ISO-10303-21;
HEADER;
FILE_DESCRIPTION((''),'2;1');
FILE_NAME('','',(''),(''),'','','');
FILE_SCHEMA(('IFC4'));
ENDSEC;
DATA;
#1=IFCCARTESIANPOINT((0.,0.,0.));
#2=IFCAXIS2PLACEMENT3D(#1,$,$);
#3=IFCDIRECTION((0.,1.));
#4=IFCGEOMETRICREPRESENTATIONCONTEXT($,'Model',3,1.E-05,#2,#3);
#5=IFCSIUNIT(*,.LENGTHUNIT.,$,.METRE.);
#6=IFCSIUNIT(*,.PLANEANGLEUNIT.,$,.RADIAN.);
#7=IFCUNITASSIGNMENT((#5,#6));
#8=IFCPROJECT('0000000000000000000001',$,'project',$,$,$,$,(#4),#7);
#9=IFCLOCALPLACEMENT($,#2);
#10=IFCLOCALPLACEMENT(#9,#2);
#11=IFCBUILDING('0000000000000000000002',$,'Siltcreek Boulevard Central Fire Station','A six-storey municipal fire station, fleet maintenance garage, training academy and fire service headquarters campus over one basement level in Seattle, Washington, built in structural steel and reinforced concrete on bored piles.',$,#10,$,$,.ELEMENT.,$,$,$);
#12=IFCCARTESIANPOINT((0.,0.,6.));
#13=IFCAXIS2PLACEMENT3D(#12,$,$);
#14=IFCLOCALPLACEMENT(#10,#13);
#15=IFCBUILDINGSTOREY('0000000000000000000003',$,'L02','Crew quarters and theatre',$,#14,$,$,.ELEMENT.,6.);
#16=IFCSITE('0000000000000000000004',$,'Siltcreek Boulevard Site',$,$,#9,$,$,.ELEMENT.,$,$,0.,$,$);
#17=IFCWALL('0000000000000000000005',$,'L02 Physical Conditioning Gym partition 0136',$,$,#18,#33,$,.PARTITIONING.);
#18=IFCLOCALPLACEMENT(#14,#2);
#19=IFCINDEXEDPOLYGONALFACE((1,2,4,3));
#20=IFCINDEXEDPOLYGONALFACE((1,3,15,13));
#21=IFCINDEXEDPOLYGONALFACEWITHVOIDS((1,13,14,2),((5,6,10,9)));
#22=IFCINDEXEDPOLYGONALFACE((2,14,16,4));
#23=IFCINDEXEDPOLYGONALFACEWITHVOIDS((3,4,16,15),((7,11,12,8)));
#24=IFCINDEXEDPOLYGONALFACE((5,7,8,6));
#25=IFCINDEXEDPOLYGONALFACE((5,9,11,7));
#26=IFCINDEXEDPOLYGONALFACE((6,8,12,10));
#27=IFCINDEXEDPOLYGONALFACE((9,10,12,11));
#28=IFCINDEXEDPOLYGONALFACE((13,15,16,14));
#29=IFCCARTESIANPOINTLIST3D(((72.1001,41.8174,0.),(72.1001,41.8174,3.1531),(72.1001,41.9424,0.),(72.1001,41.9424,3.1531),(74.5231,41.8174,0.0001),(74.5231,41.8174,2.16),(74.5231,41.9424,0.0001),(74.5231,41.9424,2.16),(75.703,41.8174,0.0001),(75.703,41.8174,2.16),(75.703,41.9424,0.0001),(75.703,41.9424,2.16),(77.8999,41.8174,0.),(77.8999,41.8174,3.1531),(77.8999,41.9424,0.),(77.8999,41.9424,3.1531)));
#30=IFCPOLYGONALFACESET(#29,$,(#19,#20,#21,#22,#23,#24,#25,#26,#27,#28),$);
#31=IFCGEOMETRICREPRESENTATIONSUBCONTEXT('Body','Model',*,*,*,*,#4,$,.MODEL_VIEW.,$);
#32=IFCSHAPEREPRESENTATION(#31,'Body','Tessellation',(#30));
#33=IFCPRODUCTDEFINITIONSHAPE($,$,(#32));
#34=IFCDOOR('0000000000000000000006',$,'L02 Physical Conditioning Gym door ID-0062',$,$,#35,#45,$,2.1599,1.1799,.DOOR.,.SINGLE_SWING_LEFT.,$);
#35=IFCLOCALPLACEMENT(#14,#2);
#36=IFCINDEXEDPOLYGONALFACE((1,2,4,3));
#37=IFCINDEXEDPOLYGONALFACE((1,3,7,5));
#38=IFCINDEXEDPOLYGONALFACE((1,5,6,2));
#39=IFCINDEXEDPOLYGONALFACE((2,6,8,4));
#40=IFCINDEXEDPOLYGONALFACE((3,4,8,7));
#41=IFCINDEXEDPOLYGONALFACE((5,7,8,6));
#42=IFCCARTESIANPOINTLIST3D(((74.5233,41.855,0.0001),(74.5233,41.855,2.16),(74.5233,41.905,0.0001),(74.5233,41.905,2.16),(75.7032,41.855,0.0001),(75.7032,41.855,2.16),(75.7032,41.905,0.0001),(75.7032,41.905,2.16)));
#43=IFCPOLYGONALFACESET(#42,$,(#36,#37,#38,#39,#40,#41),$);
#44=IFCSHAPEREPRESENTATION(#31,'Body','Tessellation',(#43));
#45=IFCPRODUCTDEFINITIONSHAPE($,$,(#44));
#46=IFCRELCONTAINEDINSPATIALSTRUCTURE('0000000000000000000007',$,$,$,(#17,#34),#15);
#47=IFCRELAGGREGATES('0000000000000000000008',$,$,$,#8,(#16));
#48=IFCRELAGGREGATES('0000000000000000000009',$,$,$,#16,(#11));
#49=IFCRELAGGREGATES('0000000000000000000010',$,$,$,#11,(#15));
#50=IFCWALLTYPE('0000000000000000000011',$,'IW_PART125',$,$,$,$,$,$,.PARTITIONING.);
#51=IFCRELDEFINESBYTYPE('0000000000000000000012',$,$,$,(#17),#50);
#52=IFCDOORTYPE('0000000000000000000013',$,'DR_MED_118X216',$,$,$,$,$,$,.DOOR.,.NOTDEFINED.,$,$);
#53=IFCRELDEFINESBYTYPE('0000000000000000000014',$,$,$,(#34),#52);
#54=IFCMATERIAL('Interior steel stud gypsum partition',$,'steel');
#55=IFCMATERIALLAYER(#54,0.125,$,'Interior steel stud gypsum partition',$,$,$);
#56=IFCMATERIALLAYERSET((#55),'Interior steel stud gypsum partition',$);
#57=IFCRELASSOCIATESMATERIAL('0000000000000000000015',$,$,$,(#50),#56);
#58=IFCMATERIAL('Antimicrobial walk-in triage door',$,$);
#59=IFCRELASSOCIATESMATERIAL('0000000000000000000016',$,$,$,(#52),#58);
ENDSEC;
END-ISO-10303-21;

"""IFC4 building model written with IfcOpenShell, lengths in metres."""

from ifc_helpers import new_model, si_unit, direction, frame, frame_2d, origin, place, context, subcontext, project, spatial, rectangle, extrude, material, layer, layer_set, type_object, element, fill, save


model = new_model("IFC4")

# Units and contexts
model_context = context("Model", 3, precision=1e-05, world=origin(), true_north=direction((0.0, 1.0)))
body_context = subcontext(model_context, "Body", "Model", "MODEL_VIEW")
ifc_project = project(units=[si_unit("LENGTHUNIT", "METRE"), si_unit("PLANEANGLEUNIT", "RADIAN")], contexts=[model_context])

# Site, building, storey
site_placement = place(None, origin())
site = spatial("IfcSite", under=ifc_project, at=site_placement, Name="Siltcreek Boulevard Site", CompositionType="ELEMENT", RefElevation=0.0)
building_placement = place(site_placement, origin())
building = spatial("IfcBuilding", under=site, at=building_placement, Name="Siltcreek Boulevard Central Fire Station", Description="A six-storey municipal fire station, fleet maintenance garage, training academy and fire service headquarters campus over one basement level in Seattle, Washington, built in structural steel and reinforced concrete on bored piles.", CompositionType="ELEMENT")
storey_placement = place(building_placement, frame((0.0, 0.0, 6.0)))
storey = spatial("IfcBuildingStorey", under=building, at=storey_placement, Name="L02", Description="Crew quarters and theatre", CompositionType="ELEMENT", Elevation=6.0)

# Wall, opening, door
ifc_material_1 = material(Name="Interior steel stud gypsum partition", Category="steel")
ifc_layer_1 = layer(ifc_material_1, 0.125, Name="Interior steel stud gypsum partition")
ifc_layer_set_1 = layer_set([ifc_layer_1], Name="Interior steel stud gypsum partition")
wall_type_1 = type_object("IfcWallType", Name="IW_PART125", PredefinedType="PARTITIONING", material=ifc_layer_set_1)
wall_1_placement = place(storey_placement, frame((72.1001, 41.8799, 0.0), z_axis=(0.0, 0.0, 1.0), x_axis=(1.0, 0.0, 0.0)))
wall_1 = element("IfcWall", 1, at=wall_1_placement, inside=storey, type_object=wall_type_1, Name="L02 Physical Conditioning Gym partition 0136", PredefinedType="PARTITIONING", context=body_context, shape_type="SweptSolid", body=[
    extrude(rectangle(XDim=5.7998, YDim=0.125, at=frame_2d((2.8999, 0.0))), origin(), (0.0, 0.0, 1.0), 3.1531),
])
opening_1_placement = place(wall_1_placement, frame((2.4231, 0.0, 0.0)))
opening_1 = element("IfcOpeningElement", 2, at=opening_1_placement, cuts=wall_1, PredefinedType="OPENING", context=body_context, shape_type="SweptSolid", body=[
    extrude(rectangle(XDim=1.1799, YDim=2.1599, at=frame_2d((0.5898, 1.0801))), frame((0.0, 0.0725, 0.0), z_axis=(0.0, -1.0, 0.0), x_axis=(1.0, 0.0, 0.0)), (0.0, 0.0, 1.0), 0.145),
])
ifc_material_2 = material(Name="Antimicrobial walk-in triage door")
door_type_1 = type_object("IfcDoorType", Name="DR_MED_118X216", OperationType="NOTDEFINED", PredefinedType="DOOR", material=ifc_material_2)
door_1_placement = place(opening_1_placement, frame((1.1799, 0.0, 0.0), z_axis=(0.0, 0.0, 1.0), x_axis=(-1.0, 0.0, 0.0)))
door_1 = element("IfcDoor", 3, at=door_1_placement, inside=storey, type_object=door_type_1, Name="L02 Physical Conditioning Gym door ID-0062", OperationType="SINGLE_SWING_LEFT", OverallHeight=2.1599, OverallWidth=1.1799, PredefinedType="DOOR", context=body_context, shape_type="SweptSolid", body=[
    extrude(rectangle(XDim=1.1799, YDim=2.1599, at=frame_2d((0.5898, 1.0801))), frame((0.0, 0.0249, 0.0), z_axis=(0.0, -1.0, 0.0), x_axis=(1.0, 0.0, 0.0)), (0.0, 0.0, 1.0), 0.05),
])
fill(opening_1, door_1)

save(model, "model.ifc")
